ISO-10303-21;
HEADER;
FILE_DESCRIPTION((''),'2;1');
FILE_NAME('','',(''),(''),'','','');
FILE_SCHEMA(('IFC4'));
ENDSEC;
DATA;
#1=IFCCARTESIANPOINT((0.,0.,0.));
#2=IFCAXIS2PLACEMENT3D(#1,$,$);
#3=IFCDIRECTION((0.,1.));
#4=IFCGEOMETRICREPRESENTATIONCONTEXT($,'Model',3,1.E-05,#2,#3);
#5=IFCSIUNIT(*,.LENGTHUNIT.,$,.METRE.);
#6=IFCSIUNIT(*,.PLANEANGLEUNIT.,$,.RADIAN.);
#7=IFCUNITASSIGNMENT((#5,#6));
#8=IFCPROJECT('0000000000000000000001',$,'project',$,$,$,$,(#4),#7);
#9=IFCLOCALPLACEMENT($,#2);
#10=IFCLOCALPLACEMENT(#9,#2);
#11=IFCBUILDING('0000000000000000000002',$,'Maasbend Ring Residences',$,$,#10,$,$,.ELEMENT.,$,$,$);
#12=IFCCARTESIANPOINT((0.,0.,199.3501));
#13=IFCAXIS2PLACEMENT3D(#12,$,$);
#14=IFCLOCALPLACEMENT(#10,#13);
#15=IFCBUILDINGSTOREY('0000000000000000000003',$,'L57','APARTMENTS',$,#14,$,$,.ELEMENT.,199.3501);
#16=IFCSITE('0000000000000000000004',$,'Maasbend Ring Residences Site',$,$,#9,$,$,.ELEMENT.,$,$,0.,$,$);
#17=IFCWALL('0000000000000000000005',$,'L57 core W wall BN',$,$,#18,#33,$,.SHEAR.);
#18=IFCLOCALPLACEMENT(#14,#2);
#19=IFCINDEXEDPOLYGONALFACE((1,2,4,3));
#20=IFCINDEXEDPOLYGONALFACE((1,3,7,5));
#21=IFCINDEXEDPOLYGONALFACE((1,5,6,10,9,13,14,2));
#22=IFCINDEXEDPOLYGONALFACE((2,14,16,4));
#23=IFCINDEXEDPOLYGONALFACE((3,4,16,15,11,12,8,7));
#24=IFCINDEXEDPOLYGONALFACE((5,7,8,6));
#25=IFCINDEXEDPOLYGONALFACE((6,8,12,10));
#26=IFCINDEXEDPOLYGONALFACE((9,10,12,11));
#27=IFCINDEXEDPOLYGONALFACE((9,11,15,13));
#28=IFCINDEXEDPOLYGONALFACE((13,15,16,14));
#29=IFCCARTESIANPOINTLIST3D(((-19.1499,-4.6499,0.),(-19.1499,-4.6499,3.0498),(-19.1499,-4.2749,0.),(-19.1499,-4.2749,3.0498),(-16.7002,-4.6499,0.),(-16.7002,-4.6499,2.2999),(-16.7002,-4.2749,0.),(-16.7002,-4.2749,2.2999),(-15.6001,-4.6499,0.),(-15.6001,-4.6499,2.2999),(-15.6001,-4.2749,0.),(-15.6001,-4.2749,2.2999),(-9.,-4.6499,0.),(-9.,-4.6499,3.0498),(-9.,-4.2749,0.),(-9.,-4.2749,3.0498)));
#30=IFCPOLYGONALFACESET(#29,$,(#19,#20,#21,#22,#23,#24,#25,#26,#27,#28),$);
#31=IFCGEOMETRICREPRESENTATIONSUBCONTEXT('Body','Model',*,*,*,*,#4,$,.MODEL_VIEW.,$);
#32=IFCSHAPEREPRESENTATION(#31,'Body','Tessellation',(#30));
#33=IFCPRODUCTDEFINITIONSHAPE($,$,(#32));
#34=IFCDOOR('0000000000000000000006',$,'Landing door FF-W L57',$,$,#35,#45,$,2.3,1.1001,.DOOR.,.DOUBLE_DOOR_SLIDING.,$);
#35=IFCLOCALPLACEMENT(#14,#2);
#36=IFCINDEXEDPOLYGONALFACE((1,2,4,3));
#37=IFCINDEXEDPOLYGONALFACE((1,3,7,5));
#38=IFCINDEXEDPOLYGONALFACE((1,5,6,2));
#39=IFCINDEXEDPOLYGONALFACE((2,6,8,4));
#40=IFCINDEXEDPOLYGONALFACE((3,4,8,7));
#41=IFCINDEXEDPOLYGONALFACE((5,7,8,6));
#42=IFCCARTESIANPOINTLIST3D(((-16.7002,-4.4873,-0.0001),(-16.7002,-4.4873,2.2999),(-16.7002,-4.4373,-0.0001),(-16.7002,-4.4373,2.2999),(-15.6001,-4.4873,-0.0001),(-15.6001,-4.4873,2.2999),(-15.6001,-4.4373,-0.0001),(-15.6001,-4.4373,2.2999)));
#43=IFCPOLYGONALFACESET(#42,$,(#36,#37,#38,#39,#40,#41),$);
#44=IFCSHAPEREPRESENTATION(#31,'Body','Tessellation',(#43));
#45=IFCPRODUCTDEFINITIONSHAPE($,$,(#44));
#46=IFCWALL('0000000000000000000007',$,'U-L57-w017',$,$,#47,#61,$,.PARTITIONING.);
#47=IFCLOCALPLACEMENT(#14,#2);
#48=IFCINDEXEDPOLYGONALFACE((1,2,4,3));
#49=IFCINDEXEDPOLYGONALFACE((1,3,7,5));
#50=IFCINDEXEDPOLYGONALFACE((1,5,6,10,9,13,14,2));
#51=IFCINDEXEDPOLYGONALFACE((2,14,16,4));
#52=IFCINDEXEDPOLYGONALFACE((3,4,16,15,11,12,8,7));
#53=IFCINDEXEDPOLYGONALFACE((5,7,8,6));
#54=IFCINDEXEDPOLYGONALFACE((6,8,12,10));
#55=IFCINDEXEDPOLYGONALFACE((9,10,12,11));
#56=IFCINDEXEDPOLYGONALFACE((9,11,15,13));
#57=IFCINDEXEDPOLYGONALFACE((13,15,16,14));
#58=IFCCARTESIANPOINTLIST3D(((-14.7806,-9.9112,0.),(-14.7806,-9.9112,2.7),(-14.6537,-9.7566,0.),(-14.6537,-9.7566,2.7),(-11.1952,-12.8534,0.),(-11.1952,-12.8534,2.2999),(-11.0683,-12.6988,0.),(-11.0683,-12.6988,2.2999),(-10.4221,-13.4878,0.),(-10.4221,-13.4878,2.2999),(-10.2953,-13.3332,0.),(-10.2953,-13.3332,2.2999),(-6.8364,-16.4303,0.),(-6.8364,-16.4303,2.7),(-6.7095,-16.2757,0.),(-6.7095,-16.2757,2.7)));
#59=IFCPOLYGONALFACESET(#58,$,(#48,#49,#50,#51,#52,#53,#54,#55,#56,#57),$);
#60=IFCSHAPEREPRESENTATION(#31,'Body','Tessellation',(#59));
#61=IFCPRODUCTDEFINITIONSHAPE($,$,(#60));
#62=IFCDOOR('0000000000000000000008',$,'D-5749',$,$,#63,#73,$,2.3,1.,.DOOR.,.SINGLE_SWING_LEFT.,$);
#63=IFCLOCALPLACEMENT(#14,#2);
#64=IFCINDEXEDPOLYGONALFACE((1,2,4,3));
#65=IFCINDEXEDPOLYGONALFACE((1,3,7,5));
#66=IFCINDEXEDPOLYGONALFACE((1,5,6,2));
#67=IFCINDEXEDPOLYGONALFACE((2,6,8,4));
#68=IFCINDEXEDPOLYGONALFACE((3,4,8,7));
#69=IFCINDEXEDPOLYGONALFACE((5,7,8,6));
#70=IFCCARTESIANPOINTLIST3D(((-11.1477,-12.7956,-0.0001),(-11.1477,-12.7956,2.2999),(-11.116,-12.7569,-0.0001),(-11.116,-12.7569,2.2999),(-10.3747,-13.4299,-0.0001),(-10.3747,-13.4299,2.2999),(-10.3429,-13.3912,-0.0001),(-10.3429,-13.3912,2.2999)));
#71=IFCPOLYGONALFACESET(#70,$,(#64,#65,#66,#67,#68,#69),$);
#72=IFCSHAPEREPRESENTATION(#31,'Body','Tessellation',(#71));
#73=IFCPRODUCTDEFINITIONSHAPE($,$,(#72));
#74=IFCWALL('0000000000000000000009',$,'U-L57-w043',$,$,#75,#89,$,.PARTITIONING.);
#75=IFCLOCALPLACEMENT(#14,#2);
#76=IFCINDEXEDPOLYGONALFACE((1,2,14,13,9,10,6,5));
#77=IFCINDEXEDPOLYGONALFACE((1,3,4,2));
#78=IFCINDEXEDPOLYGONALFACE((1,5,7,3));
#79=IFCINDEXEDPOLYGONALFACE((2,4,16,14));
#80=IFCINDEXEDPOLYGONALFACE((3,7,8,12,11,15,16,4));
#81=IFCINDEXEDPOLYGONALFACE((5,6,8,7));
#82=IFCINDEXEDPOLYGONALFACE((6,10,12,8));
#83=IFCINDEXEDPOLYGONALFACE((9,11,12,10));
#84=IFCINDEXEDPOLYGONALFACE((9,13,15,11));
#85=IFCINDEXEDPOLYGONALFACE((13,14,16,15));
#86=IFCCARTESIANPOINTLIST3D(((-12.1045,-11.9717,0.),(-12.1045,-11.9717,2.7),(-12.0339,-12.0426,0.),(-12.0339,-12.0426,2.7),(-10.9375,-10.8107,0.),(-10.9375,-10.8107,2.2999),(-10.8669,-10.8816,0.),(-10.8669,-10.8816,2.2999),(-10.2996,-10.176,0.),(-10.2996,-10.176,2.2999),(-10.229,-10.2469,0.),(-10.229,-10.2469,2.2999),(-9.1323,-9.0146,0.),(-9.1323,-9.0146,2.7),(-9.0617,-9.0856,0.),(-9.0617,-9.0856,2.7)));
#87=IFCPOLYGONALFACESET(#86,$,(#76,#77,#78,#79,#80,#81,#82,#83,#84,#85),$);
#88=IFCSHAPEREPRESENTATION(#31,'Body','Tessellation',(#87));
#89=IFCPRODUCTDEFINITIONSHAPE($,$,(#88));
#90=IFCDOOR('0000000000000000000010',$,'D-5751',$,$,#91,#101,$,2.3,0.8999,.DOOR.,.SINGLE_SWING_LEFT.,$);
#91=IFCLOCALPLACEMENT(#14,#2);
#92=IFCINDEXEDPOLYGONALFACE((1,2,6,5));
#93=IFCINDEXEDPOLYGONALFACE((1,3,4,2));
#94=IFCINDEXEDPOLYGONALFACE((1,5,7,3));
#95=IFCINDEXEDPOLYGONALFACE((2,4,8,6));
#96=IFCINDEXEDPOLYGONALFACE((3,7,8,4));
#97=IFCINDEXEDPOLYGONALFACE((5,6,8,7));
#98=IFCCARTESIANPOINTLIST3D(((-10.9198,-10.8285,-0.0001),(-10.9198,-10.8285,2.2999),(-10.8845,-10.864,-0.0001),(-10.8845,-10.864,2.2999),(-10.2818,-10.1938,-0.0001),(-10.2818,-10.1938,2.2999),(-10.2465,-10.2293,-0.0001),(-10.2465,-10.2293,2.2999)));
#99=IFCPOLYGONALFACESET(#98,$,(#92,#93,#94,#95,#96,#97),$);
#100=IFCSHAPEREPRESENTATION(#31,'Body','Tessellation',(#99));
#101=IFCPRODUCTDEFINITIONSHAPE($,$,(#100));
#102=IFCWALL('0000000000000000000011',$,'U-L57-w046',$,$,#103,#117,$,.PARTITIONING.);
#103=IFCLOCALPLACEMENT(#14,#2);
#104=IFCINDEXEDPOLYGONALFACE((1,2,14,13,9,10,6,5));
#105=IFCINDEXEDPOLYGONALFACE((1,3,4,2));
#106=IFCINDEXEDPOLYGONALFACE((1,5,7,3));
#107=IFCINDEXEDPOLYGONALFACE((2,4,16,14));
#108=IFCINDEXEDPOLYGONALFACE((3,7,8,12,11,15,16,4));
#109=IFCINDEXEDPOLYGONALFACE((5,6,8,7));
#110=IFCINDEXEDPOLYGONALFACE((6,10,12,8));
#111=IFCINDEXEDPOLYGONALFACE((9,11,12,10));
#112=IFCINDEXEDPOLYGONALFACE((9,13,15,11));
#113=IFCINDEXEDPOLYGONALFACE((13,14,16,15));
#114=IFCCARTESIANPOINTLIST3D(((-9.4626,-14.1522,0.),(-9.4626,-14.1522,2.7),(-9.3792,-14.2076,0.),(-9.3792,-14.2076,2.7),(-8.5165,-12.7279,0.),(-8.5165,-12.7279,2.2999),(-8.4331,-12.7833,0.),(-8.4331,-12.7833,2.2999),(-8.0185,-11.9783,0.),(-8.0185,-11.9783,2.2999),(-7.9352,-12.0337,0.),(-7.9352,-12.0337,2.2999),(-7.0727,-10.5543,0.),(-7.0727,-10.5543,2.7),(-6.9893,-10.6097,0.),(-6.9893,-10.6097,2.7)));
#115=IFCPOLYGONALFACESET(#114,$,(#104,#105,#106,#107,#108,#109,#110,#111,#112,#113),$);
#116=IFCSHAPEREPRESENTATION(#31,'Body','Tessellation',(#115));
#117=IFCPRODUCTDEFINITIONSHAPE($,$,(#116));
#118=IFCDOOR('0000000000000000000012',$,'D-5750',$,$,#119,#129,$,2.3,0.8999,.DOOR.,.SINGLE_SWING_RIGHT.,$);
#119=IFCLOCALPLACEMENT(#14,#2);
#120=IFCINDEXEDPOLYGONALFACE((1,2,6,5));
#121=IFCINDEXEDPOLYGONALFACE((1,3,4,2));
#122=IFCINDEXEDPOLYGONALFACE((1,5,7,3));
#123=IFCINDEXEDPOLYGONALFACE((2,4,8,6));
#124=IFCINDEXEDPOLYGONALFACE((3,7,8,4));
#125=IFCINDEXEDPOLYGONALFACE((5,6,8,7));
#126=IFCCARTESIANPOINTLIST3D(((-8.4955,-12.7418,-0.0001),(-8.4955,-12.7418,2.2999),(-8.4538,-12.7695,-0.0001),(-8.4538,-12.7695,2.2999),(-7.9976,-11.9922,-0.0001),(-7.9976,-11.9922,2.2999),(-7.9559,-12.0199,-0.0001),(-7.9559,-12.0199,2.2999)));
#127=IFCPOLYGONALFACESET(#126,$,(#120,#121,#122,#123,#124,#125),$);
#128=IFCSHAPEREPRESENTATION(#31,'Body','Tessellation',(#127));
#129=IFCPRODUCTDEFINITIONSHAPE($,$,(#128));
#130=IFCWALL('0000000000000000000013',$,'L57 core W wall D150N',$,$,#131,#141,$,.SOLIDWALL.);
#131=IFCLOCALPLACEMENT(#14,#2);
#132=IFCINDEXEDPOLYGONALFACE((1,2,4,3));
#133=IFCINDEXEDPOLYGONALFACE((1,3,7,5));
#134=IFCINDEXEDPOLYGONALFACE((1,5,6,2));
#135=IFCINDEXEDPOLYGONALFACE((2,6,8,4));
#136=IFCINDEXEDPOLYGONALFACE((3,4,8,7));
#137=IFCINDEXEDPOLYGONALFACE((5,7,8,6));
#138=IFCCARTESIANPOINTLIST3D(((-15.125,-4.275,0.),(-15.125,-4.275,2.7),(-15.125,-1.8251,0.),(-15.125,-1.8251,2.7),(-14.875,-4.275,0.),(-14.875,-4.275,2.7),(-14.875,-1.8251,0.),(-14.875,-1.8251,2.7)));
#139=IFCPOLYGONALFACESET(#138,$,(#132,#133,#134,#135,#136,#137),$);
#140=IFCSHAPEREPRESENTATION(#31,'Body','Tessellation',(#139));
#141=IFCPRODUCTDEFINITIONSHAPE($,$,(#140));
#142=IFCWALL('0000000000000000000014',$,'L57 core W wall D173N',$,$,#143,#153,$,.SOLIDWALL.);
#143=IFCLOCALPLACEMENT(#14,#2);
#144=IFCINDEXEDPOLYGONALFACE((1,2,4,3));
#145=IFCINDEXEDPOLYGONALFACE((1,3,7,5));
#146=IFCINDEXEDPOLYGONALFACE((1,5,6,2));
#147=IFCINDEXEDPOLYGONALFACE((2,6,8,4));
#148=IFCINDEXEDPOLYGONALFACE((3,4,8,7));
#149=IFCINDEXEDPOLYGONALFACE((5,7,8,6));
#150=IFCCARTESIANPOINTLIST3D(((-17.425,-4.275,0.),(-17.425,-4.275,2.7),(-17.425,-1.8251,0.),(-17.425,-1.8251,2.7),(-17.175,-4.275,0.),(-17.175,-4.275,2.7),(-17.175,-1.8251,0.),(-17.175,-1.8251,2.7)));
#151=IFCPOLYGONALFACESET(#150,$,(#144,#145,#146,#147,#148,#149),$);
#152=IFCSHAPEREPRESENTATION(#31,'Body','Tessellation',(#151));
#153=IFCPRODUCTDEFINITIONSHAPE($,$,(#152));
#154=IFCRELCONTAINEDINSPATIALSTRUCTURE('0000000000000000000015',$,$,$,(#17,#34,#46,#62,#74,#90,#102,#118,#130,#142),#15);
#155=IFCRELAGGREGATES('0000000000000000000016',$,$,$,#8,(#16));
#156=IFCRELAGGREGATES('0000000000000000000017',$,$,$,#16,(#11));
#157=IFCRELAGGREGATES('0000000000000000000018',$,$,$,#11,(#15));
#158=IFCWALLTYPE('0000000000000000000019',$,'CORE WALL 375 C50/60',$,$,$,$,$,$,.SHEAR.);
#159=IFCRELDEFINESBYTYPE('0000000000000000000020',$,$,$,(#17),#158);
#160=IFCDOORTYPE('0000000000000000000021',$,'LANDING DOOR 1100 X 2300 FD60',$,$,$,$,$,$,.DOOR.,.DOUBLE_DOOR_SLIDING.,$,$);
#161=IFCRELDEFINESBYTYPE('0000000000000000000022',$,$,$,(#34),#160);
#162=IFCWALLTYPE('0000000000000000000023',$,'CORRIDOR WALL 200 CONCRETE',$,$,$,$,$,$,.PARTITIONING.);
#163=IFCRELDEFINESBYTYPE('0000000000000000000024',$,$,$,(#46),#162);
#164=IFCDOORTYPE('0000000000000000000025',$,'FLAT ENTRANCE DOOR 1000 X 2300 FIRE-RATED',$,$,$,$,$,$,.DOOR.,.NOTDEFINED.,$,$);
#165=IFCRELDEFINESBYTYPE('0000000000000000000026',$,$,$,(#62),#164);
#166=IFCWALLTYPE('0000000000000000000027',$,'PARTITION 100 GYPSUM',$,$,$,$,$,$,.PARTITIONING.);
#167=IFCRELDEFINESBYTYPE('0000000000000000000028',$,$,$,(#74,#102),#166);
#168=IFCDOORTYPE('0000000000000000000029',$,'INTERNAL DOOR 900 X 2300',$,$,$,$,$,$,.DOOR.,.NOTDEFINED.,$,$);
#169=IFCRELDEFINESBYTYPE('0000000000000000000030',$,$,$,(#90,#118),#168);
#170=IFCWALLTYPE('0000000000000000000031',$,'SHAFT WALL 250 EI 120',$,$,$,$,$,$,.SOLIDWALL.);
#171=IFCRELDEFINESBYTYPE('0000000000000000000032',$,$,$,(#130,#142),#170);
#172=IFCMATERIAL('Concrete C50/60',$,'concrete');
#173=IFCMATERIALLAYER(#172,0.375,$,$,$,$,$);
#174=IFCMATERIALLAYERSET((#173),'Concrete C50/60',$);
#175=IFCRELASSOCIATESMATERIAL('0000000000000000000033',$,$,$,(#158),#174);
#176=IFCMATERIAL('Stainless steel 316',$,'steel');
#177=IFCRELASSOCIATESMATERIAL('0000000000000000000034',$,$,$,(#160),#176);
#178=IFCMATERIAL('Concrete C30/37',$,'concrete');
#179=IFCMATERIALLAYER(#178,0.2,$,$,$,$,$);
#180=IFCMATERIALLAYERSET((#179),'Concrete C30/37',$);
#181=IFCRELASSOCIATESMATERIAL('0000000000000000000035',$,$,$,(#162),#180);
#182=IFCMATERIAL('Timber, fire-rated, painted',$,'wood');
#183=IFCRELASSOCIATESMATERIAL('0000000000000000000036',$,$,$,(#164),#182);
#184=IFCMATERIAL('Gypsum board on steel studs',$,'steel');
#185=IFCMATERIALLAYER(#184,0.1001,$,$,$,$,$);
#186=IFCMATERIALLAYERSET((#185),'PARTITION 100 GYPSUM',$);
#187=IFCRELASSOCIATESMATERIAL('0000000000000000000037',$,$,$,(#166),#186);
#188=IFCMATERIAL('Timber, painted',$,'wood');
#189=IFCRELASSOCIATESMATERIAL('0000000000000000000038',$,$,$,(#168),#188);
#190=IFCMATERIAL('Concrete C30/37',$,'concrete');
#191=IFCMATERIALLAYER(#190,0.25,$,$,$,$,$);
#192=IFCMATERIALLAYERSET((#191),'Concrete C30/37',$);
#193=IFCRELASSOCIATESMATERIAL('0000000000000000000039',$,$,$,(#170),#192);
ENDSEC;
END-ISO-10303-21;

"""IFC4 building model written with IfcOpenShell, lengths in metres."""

from ifc_helpers import new_model, si_unit, direction, frame, frame_2d, origin, place, context, subcontext, project, spatial, rectangle, extrude, material, layer, layer_set, type_object, element, fill, save


model = new_model("IFC4")

# Units and contexts
model_context = context("Model", 3, precision=1e-05, world=origin(), true_north=direction((0.0, 1.0)))
body_context = subcontext(model_context, "Body", "Model", "MODEL_VIEW")
ifc_project = project(units=[si_unit("LENGTHUNIT", "METRE"), si_unit("PLANEANGLEUNIT", "RADIAN")], contexts=[model_context])

# Site, building, storey
site_placement = place(None, origin())
site = spatial("IfcSite", under=ifc_project, at=site_placement, Name="Maasbend Ring Residences Site", CompositionType="ELEMENT", RefElevation=0.0)
building_placement = place(site_placement, origin())
building = spatial("IfcBuilding", under=site, at=building_placement, Name="Maasbend Ring Residences", CompositionType="ELEMENT")
storey_placement = place(building_placement, frame((0.0, 0.0, 199.3501)))
storey = spatial("IfcBuildingStorey", under=building, at=storey_placement, Name="L57", Description="APARTMENTS", CompositionType="ELEMENT", Elevation=199.3501)

# Walls, openings, doors
ifc_material_1 = material(Name="Concrete C50/60", Category="concrete")
ifc_layer_1 = layer(ifc_material_1, 0.375)
ifc_layer_set_1 = layer_set([ifc_layer_1], Name="Concrete C50/60")
wall_type_1 = type_object("IfcWallType", Name="CORE WALL 375 C50/60", PredefinedType="SHEAR", material=ifc_layer_set_1)
wall_1_placement = place(storey_placement, frame((-9.0, -4.4624, 0.0), z_axis=(0.0, 0.0, 1.0), x_axis=(-1.0, 0.0, 0.0)))
wall_1 = element("IfcWall", 1, at=wall_1_placement, inside=storey, type_object=wall_type_1, Name="L57 core W wall BN", PredefinedType="SHEAR", context=body_context, shape_type="SweptSolid", body=[
    extrude(rectangle(XDim=10.1499, YDim=0.375, at=frame_2d((5.075, 0.0))), origin(), (0.0, 0.0, 1.0), 3.0498),
])
opening_1_placement = place(wall_1_placement, frame((6.6001, 0.0, 0.0)))
opening_1 = element("IfcOpeningElement", 2, at=opening_1_placement, cuts=wall_1, PredefinedType="OPENING", context=body_context, shape_type="SweptSolid", body=[
    extrude(rectangle(XDim=1.1001, YDim=2.3, at=frame_2d((0.55, 1.1499))), frame((0.0, 0.1975, 0.0), z_axis=(0.0, -1.0, 0.0), x_axis=(1.0, 0.0, 0.0)), (0.0, 0.0, 1.0), 0.395),
])
ifc_material_2 = material(Name="Stainless steel 316", Category="steel")
door_type_1 = type_object("IfcDoorType", Name="LANDING DOOR 1100 X 2300 FD60", OperationType="DOUBLE_DOOR_SLIDING", PredefinedType="DOOR", material=ifc_material_2)
door_1_placement = place(opening_1_placement, origin())
door_1 = element("IfcDoor", 3, at=door_1_placement, inside=storey, type_object=door_type_1, Name="Landing door FF-W L57", OperationType="DOUBLE_DOOR_SLIDING", OverallHeight=2.3, OverallWidth=1.1001, PredefinedType="DOOR", context=body_context, shape_type="SweptSolid", body=[
    extrude(rectangle(XDim=1.1001, YDim=2.3, at=frame_2d((0.55, 1.1499))), frame((0.0, 0.0249, 0.0), z_axis=(0.0, -1.0, 0.0), x_axis=(1.0, 0.0, 0.0)), (0.0, 0.0, 1.0), 0.05),
])
fill(opening_1, door_1)
ifc_material_3 = material(Name="Concrete C30/37", Category="concrete")
ifc_layer_2 = layer(ifc_material_3, 0.2)
ifc_layer_set_2 = layer_set([ifc_layer_2], Name="Concrete C30/37")
wall_type_2 = type_object("IfcWallType", Name="CORRIDOR WALL 200 CONCRETE", PredefinedType="PARTITIONING", material=ifc_layer_set_2)
wall_2_placement = place(storey_placement, frame((-14.717, -9.834, 0.0), z_axis=(0.0, 0.0, 1.0), x_axis=(0.773035, -0.634364, 0.0)))
wall_2 = element("IfcWall", 4, at=wall_2_placement, inside=storey, type_object=wall_type_2, Name="U-L57-w017", PredefinedType="PARTITIONING", context=body_context, shape_type="SweptSolid", body=[
    extrude(rectangle(XDim=10.2766, YDim=0.2, at=frame_2d((5.1382, 0.0))), origin(), (0.0, 0.0, 1.0), 2.7),
])
opening_2_placement = place(wall_2_placement, frame((4.6379, 0.0, 0.0)))
opening_2 = element("IfcOpeningElement", 5, at=opening_2_placement, cuts=wall_2, PredefinedType="OPENING", context=body_context, shape_type="SweptSolid", body=[
    extrude(rectangle(XDim=1.0, YDim=2.3, at=frame_2d((0.5, 1.1499))), frame((0.0, 0.1099, 0.0), z_axis=(0.0, -1.0, 0.0), x_axis=(1.0, 0.0, 0.0)), (0.0, 0.0, 1.0), 0.22),
])
ifc_material_4 = material(Name="Timber, fire-rated, painted", Category="wood")
door_type_2 = type_object("IfcDoorType", Name="FLAT ENTRANCE DOOR 1000 X 2300 FIRE-RATED", OperationType="NOTDEFINED", PredefinedType="DOOR", material=ifc_material_4)
door_2_placement = place(opening_2_placement, origin())
door_2 = element("IfcDoor", 6, at=door_2_placement, inside=storey, type_object=door_type_2, Name="D-5749", OperationType="SINGLE_SWING_LEFT", OverallHeight=2.3, OverallWidth=1.0, PredefinedType="DOOR", context=body_context, shape_type="SweptSolid", body=[
    extrude(rectangle(XDim=1.0, YDim=2.3, at=frame_2d((0.5, 1.1499))), frame((0.0, 0.0249, 0.0), z_axis=(0.0, -1.0, 0.0), x_axis=(1.0, 0.0, 0.0)), (0.0, 0.0, 1.0), 0.05),
])
fill(opening_2, door_2)
ifc_material_5 = material(Name="Gypsum board on steel studs", Category="steel")
ifc_layer_3 = layer(ifc_material_5, 0.1001)
ifc_layer_set_3 = layer_set([ifc_layer_3], Name="PARTITION 100 GYPSUM")
wall_type_3 = type_object("IfcWallType", Name="PARTITION 100 GYPSUM", PredefinedType="PARTITIONING", material=ifc_layer_set_3)
wall_3_placement = place(storey_placement, frame((-12.0691, -12.0071, 0.0), z_axis=(0.0, 0.0, 1.0), x_axis=(0.70891, 0.705299, 0.0)))
wall_3 = element("IfcWall", 7, at=wall_3_placement, inside=storey, type_object=wall_type_3, Name="U-L57-w043", PredefinedType="PARTITIONING", context=body_context, shape_type="SweptSolid", body=[
    extrude(rectangle(XDim=4.1926, YDim=0.1001, at=frame_2d((2.0962, 0.0))), origin(), (0.0, 0.0, 1.0), 2.7),
])
opening_3_placement = place(wall_3_placement, frame((1.646, 0.0, 0.0)))
opening_3 = element("IfcOpeningElement", 8, at=opening_3_placement, cuts=wall_3, PredefinedType="OPENING", context=body_context, shape_type="SweptSolid", body=[
    extrude(rectangle(XDim=0.8999, YDim=2.3, at=frame_2d((0.45, 1.1499))), frame((0.0, 0.0601, 0.0), z_axis=(0.0, -1.0, 0.0), x_axis=(1.0, 0.0, 0.0)), (0.0, 0.0, 1.0), 0.1201),
])
ifc_material_6 = material(Name="Timber, painted", Category="wood")
door_type_3 = type_object("IfcDoorType", Name="INTERNAL DOOR 900 X 2300", OperationType="NOTDEFINED", PredefinedType="DOOR", material=ifc_material_6)
door_3_placement = place(opening_3_placement, origin())
door_3 = element("IfcDoor", 9, at=door_3_placement, inside=storey, type_object=door_type_3, Name="D-5751", OperationType="SINGLE_SWING_LEFT", OverallHeight=2.3, OverallWidth=0.8999, PredefinedType="DOOR", context=body_context, shape_type="SweptSolid", body=[
    extrude(rectangle(XDim=0.8999, YDim=2.3, at=frame_2d((0.45, 1.1499))), frame((0.0, 0.0249, 0.0), z_axis=(0.0, -1.0, 0.0), x_axis=(1.0, 0.0, 0.0)), (0.0, 0.0, 1.0), 0.05),
])
fill(opening_3, door_3)
wall_4_placement = place(storey_placement, frame((-9.4209, -14.1799, 0.0), z_axis=(0.0, 0.0, 1.0), x_axis=(0.553304, 0.83298, 0.0)))
wall_4 = element("IfcWall", 10, at=wall_4_placement, inside=storey, type_object=wall_type_3, Name="U-L57-w046", PredefinedType="PARTITIONING", context=body_context, shape_type="SweptSolid", body=[
    extrude(rectangle(XDim=4.3193, YDim=0.1001, at=frame_2d((2.1597, 0.0))), origin(), (0.0, 0.0, 1.0), 2.7),
])
opening_4_placement = place(wall_4_placement, frame((1.71, 0.0, 0.0)))
opening_4 = element("IfcOpeningElement", 11, at=opening_4_placement, cuts=wall_4, PredefinedType="OPENING", context=body_context, shape_type="SweptSolid", body=[
    extrude(rectangle(XDim=0.8999, YDim=2.3, at=frame_2d((0.45, 1.1499))), frame((0.0, 0.0601, 0.0), z_axis=(0.0, -1.0, 0.0), x_axis=(1.0, 0.0, 0.0)), (0.0, 0.0, 1.0), 0.1201),
])
door_4_placement = place(opening_4_placement, origin())
door_4 = element("IfcDoor", 12, at=door_4_placement, inside=storey, type_object=door_type_3, Name="D-5750", OperationType="SINGLE_SWING_RIGHT", OverallHeight=2.3, OverallWidth=0.8999, PredefinedType="DOOR", context=body_context, shape_type="SweptSolid", body=[
    extrude(rectangle(XDim=0.8999, YDim=2.3, at=frame_2d((0.45, 1.1499))), frame((0.0, 0.0249, 0.0), z_axis=(0.0, -1.0, 0.0), x_axis=(1.0, 0.0, 0.0)), (0.0, 0.0, 1.0), 0.05),
])
fill(opening_4, door_4)

# Walls
ifc_material_7 = material(Name="Concrete C30/37", Category="concrete")
ifc_layer_4 = layer(ifc_material_7, 0.25)
ifc_layer_set_4 = layer_set([ifc_layer_4], Name="Concrete C30/37")
wall_type_4 = type_object("IfcWallType", Name="SHAFT WALL 250 EI 120", PredefinedType="SOLIDWALL", material=ifc_layer_set_4)
for number, where, z_axis, x_axis, name in (
    (13, (-15.0, -1.825, 0.0), (0.0, 0.0, 1.0), (0.0, -1.0, 0.0), "L57 core W wall D150N"),
    (14, (-17.3, -1.825, 0.0), (0.0, 0.0, 1.0), (0.0, -1.0, 0.0), "L57 core W wall D173N"),
):
    element("IfcWall", number, at=place(storey_placement, frame(where, z_axis=z_axis, x_axis=x_axis)), inside=storey, type_object=wall_type_4, Name=name, PredefinedType="SOLIDWALL", context=body_context, shape_type="SweptSolid", body=[
        extrude(rectangle(XDim=2.45, YDim=0.25, at=frame_2d((1.2251, 0.0))), origin(), (0.0, 0.0, 1.0), 2.7),
    ])

save(model, "model.ifc")
